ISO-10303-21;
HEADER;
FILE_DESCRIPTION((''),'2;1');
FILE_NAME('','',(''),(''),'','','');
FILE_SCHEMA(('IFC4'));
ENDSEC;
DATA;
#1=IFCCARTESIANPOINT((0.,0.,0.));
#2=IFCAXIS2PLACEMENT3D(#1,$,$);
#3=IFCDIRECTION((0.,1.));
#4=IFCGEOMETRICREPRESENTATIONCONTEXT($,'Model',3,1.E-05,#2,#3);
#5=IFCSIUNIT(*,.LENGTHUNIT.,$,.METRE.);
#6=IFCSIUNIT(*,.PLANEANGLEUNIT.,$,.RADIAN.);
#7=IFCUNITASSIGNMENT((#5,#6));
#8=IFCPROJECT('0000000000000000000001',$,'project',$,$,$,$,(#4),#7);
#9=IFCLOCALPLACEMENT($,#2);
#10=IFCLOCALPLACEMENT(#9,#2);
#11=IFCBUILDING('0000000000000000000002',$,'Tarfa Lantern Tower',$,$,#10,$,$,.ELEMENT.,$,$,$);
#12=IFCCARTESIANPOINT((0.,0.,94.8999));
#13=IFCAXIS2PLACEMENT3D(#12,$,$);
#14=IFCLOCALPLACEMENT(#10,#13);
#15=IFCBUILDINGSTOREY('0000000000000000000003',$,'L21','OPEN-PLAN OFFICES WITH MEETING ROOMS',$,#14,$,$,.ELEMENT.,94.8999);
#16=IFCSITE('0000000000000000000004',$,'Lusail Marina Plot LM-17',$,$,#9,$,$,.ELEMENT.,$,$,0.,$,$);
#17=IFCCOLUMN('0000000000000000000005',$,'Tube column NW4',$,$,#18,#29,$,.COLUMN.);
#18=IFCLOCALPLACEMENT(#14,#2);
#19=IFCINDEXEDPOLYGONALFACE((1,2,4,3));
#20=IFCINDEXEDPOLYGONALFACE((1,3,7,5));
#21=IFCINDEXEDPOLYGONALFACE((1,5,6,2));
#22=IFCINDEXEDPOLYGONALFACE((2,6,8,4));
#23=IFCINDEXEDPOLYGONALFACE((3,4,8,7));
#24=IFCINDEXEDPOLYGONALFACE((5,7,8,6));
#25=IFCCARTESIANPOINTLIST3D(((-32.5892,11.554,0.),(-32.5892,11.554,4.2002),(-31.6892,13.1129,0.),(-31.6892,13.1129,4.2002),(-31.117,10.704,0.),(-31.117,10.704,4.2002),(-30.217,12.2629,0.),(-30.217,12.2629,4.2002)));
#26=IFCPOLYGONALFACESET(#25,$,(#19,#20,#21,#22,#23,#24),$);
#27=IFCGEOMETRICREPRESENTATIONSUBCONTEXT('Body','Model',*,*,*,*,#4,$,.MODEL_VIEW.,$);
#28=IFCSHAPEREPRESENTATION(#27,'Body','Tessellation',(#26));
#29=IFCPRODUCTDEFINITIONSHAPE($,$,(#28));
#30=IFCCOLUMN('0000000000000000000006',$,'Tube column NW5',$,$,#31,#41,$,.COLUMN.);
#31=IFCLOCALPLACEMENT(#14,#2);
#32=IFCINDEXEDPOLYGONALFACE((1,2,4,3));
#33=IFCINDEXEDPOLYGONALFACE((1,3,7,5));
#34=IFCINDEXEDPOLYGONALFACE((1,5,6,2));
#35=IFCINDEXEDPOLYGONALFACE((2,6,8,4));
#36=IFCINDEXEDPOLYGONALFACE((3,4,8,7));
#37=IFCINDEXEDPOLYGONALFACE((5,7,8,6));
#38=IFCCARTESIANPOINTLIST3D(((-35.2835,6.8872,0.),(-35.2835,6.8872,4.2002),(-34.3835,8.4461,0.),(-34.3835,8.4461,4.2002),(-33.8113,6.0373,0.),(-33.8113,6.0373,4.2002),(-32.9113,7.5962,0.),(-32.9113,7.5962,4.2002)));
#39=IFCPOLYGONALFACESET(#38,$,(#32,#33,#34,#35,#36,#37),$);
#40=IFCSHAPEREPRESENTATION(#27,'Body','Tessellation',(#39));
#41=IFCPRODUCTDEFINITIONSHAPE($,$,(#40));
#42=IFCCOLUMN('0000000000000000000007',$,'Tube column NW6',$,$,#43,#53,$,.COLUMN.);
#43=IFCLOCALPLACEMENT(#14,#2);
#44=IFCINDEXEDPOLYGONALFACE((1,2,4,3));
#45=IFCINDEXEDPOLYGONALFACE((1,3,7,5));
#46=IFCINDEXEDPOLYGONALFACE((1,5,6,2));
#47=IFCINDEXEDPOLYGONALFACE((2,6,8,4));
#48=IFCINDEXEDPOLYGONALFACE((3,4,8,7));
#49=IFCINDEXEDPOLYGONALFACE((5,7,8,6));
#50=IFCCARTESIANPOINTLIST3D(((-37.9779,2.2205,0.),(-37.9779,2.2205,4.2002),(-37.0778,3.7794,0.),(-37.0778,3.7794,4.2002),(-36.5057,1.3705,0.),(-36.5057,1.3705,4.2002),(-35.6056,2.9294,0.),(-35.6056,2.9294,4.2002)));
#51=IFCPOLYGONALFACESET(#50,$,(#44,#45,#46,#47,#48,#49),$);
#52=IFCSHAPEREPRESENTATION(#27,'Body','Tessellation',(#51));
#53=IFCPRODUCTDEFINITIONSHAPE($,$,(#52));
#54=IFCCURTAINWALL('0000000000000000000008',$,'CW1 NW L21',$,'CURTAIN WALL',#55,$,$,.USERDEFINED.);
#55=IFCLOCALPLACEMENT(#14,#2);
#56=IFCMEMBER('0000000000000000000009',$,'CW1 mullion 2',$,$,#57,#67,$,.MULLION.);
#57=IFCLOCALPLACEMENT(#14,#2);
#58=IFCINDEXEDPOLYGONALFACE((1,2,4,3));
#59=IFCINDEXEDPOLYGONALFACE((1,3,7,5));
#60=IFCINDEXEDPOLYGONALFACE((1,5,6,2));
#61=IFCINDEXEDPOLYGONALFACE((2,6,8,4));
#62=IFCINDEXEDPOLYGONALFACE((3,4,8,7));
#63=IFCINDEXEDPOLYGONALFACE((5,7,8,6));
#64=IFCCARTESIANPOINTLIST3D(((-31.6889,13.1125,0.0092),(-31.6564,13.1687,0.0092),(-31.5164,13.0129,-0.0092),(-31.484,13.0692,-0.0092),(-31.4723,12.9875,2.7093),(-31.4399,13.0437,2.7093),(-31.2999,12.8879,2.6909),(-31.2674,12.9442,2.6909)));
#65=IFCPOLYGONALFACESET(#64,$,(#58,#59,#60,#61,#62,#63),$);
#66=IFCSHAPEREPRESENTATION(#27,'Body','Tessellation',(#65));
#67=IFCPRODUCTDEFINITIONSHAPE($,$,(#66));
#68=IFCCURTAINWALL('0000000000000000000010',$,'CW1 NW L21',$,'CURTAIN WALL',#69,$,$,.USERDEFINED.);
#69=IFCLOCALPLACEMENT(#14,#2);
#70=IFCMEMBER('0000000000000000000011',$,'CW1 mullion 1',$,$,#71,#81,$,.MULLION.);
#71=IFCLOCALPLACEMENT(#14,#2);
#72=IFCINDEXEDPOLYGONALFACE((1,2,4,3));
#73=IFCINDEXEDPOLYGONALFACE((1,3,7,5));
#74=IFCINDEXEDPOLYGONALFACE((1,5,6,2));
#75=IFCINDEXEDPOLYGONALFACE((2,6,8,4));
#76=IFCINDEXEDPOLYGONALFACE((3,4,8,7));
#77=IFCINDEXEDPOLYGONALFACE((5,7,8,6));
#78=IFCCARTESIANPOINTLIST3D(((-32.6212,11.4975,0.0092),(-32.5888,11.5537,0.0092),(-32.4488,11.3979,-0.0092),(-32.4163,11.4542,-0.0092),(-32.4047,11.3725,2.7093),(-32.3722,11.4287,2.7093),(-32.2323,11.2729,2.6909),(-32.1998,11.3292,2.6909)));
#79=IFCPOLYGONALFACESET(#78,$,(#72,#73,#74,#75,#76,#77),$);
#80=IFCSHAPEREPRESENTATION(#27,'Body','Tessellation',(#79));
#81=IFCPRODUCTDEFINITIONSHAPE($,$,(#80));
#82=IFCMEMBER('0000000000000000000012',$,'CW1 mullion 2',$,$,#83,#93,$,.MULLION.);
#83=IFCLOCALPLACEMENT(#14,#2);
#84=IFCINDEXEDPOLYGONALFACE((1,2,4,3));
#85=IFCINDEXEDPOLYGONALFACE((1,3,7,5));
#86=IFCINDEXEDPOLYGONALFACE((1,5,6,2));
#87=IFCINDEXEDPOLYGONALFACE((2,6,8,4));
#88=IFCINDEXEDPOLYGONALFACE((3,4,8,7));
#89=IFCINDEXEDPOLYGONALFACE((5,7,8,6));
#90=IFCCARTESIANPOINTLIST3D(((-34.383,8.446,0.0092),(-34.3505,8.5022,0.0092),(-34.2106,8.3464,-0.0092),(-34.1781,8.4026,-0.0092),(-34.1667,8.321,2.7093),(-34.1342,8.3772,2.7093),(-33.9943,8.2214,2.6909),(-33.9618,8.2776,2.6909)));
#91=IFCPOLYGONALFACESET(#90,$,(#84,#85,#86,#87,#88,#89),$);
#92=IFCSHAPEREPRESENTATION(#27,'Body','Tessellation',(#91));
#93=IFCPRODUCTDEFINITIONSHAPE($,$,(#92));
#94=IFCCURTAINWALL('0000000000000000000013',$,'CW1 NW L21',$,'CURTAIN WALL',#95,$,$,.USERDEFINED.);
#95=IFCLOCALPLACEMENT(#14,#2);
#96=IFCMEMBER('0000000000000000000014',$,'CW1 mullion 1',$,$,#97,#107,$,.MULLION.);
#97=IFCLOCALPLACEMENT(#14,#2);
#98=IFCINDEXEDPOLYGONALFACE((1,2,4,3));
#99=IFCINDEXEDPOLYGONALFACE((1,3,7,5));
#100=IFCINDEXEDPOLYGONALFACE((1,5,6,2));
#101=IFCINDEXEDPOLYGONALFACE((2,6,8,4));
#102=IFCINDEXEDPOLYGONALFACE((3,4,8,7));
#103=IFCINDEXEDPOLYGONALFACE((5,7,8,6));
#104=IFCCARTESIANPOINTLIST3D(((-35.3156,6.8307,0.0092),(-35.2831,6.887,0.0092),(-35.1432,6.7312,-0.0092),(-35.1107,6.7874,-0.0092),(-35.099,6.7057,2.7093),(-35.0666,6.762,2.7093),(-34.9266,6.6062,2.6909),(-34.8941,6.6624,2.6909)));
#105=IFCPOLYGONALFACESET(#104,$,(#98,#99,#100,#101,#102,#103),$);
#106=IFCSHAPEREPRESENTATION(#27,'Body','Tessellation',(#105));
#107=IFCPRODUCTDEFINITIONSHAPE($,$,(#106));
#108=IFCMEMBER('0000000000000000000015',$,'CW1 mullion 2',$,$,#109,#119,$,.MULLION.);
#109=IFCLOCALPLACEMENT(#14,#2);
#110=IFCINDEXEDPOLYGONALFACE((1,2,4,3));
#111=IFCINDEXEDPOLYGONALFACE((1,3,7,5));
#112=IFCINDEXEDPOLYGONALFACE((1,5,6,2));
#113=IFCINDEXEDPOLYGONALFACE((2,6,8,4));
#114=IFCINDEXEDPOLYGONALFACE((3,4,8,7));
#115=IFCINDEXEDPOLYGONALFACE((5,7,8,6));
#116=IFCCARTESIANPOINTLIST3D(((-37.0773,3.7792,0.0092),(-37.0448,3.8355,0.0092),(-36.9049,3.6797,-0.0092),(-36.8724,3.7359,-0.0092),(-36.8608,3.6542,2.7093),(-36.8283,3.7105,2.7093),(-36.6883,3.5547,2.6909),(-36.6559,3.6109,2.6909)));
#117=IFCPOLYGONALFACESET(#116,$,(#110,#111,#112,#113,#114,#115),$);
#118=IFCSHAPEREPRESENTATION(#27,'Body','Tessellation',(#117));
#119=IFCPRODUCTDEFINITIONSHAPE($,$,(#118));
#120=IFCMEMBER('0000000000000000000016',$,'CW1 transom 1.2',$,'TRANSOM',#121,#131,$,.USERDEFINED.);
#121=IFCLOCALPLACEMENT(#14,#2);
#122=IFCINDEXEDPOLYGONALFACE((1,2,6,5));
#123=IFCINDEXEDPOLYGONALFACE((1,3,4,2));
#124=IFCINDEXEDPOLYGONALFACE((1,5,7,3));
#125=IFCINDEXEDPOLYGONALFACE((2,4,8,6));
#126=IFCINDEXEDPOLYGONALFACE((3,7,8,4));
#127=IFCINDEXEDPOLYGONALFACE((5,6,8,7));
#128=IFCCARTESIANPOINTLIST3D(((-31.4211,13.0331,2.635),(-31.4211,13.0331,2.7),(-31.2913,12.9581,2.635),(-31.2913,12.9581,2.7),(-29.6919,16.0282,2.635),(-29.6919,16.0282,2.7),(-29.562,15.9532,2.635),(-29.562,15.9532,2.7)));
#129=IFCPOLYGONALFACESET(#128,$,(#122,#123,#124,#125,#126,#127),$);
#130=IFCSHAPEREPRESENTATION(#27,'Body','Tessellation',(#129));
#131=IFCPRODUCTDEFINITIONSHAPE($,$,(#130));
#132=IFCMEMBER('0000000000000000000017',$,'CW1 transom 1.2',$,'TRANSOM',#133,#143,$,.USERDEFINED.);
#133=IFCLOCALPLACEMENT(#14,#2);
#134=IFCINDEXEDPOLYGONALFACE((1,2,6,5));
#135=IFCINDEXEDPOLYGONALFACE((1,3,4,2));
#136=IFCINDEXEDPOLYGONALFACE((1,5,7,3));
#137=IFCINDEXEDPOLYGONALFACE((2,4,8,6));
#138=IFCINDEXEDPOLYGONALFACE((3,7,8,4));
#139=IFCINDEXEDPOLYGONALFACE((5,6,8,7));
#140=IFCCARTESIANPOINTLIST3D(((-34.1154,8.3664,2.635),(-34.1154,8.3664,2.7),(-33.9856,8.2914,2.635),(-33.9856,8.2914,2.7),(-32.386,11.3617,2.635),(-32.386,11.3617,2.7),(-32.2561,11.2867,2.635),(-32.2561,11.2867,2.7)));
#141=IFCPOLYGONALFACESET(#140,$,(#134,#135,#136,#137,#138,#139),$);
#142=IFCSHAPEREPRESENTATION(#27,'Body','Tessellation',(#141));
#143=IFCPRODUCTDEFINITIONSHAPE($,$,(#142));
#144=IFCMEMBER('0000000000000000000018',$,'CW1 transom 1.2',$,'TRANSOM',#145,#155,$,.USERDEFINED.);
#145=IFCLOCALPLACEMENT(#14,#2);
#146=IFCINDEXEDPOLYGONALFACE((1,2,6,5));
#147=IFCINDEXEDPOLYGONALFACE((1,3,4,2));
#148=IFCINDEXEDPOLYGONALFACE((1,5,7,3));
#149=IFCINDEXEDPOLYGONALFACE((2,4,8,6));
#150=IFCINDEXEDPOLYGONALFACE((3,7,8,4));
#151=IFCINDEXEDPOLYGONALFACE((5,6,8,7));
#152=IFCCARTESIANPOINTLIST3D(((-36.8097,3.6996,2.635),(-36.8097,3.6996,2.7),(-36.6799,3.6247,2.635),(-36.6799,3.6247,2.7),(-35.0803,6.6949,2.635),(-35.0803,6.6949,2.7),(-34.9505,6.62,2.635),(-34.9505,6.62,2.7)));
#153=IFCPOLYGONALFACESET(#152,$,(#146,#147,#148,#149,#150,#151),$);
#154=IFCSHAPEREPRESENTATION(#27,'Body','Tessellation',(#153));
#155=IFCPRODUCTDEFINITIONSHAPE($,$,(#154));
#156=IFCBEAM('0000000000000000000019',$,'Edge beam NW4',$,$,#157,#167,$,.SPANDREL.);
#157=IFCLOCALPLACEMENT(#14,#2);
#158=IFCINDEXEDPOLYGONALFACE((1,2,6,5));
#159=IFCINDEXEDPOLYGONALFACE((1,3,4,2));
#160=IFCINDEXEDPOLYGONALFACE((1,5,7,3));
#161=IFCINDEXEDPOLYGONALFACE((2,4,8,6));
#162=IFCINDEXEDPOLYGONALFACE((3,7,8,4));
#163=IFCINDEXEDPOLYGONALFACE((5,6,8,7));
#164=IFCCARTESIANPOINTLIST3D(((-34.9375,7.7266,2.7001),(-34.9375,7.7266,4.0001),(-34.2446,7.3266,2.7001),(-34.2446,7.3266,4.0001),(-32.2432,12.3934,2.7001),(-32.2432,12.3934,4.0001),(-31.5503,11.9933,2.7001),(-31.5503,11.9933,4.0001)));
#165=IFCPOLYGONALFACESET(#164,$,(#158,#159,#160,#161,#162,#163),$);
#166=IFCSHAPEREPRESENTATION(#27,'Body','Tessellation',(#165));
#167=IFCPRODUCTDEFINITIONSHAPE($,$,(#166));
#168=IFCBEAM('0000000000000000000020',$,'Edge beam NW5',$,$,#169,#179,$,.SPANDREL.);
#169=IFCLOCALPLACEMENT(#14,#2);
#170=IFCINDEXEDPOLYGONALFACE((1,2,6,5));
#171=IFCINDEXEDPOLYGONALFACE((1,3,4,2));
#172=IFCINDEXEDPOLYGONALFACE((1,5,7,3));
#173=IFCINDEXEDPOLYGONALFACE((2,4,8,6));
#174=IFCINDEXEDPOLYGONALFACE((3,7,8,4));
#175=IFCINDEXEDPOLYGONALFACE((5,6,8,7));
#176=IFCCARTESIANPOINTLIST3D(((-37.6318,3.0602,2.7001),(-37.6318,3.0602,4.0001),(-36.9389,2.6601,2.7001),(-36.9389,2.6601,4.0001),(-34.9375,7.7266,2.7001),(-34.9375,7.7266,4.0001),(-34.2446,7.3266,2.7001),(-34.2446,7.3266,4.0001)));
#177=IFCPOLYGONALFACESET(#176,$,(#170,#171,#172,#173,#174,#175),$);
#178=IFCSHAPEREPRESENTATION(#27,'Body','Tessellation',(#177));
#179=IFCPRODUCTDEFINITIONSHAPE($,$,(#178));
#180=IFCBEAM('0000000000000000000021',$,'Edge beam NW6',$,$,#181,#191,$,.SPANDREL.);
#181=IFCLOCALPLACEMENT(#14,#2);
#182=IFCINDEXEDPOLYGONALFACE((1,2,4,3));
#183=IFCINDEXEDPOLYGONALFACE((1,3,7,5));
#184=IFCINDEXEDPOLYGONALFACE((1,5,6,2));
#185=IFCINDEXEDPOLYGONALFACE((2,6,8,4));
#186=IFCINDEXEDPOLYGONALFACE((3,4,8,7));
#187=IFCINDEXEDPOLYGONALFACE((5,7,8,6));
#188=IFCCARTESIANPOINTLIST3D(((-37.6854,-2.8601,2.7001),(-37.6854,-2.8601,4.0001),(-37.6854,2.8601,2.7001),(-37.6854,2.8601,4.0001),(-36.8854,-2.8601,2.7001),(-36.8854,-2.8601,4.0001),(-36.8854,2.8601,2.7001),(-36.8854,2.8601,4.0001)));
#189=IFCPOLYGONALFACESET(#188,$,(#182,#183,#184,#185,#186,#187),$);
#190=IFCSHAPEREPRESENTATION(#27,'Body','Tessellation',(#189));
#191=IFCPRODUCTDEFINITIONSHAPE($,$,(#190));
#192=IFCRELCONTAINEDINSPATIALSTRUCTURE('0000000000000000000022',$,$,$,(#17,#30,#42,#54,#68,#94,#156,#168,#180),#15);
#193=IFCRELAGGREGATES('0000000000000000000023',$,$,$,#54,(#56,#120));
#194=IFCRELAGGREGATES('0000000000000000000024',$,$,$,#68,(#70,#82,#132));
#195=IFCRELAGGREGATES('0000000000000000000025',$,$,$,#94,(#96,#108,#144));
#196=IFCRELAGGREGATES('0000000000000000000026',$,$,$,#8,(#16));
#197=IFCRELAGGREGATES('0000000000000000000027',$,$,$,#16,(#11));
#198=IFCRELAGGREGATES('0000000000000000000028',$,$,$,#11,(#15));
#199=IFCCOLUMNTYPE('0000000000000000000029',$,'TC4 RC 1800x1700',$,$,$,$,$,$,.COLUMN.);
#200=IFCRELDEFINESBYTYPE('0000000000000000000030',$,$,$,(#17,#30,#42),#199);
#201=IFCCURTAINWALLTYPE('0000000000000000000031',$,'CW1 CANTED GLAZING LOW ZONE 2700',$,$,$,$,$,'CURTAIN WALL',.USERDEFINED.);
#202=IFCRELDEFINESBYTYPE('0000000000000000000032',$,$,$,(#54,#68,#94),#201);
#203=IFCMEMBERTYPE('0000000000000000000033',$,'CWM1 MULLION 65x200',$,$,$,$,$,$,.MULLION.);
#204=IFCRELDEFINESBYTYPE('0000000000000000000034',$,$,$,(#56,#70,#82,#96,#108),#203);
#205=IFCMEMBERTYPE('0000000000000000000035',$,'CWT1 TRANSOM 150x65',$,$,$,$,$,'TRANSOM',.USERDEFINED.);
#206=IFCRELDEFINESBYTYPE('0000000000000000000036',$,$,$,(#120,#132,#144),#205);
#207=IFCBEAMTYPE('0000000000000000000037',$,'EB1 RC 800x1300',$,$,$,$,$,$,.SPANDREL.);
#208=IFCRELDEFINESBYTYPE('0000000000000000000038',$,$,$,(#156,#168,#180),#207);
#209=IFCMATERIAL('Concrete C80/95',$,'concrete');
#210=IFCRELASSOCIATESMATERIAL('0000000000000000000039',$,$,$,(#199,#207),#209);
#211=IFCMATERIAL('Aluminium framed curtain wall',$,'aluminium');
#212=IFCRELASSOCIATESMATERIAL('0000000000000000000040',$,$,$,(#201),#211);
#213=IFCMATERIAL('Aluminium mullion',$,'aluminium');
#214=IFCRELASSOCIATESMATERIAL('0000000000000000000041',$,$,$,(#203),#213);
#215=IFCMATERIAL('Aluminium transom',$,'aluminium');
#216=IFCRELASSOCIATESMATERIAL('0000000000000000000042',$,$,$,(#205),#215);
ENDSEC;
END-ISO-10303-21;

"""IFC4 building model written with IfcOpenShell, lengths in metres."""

from ifc_helpers import new_model, si_unit, direction, frame, origin, origin_2d, place, context, subcontext, project, spatial, rectangle, extrude, material, material_profile, profile_set, type_object, element, aggregate, save


model = new_model("IFC4")

# Units and contexts
model_context = context("Model", 3, precision=1e-05, world=origin(), true_north=direction((0.0, 1.0)))
body_context = subcontext(model_context, "Body", "Model", "MODEL_VIEW")
ifc_project = project(units=[si_unit("LENGTHUNIT", "METRE"), si_unit("PLANEANGLEUNIT", "RADIAN")], contexts=[model_context])

# Site, building, storey
site_placement = place(None, origin())
site = spatial("IfcSite", under=ifc_project, at=site_placement, Name="Lusail Marina Plot LM-17", CompositionType="ELEMENT", RefElevation=0.0)
building_placement = place(site_placement, origin())
building = spatial("IfcBuilding", under=site, at=building_placement, Name="Tarfa Lantern Tower", CompositionType="ELEMENT")
storey_placement = place(building_placement, frame((0.0, 0.0, 94.8999)))
storey = spatial("IfcBuildingStorey", under=building, at=storey_placement, Name="L21", Description="OPEN-PLAN OFFICES WITH MEETING ROOMS", CompositionType="ELEMENT", Elevation=94.8999)

# Columns
ifc_material_1 = material(Name="Concrete C80/95", Category="concrete")
ifc_material_profile_1 = material_profile(ifc_material_1, rectangle(XDim=1.8, YDim=1.7, at=origin_2d()), Name="RC 1800x1700")
ifc_profile_set_1 = profile_set([ifc_material_profile_1], Name="Concrete C80/95")
column_type = type_object("IfcColumnType", Name="TC4 RC 1800x1700", PredefinedType="COLUMN", material=ifc_profile_set_1)
for number, where, z_axis, x_axis, name in (
    (1, (-31.4031, 11.9084, 0.0), (0.0, 0.0, 1.0), (-0.5, -0.866025, 0.0), "Tube column NW4"),
    (2, (-34.0974, 7.2417, 0.0), (0.0, 0.0, 1.0), (-0.5, -0.866025, 0.0), "Tube column NW5"),
    (3, (-36.7917, 2.575, 0.0), (0.0, 0.0, 1.0), (-0.5, -0.866025, 0.0), "Tube column NW6"),
):
    element("IfcColumn", number, at=place(storey_placement, frame(where, z_axis=z_axis, x_axis=x_axis)), inside=storey, type_object=column_type, Name=name, PredefinedType="COLUMN", context=body_context, shape_type="SweptSolid", body=[
        extrude(rectangle(XDim=1.8, YDim=1.7, at=origin_2d()), origin(), (0.0, 0.0, 1.0), 4.2002),
    ])

# Curtain wall, member
ifc_material_2 = material(Name="Aluminium framed curtain wall", Category="aluminium")
curtain_wall_type = type_object("IfcCurtainWallType", Name="CW1 CANTED GLAZING LOW ZONE 2700", ElementType="CURTAIN WALL", PredefinedType="USERDEFINED", material=ifc_material_2)
curtain_wall_1_placement = place(storey_placement, origin())
curtain_wall_1 = element("IfcCurtainWall", 4, at=curtain_wall_1_placement, inside=storey, type_object=curtain_wall_type, Name="CW1 NW L21", ObjectType="CURTAIN WALL", PredefinedType="USERDEFINED")
ifc_material_3 = material(Name="Aluminium mullion", Category="aluminium")
ifc_material_profile_2 = material_profile(ifc_material_3, rectangle(XDim=0.0649, YDim=0.2, at=origin_2d()), Name="AL MULLION 65x200")
ifc_profile_set_2 = profile_set([ifc_material_profile_2], Name="Aluminium mullion")
member_type_1 = type_object("IfcMemberType", Name="CWM1 MULLION 65x200", PredefinedType="MULLION", material=ifc_profile_set_2)
member_1_placement = place(storey_placement, frame((-31.5864, 13.0908, 0.0), z_axis=(0.079857, -0.046096, 0.99574), x_axis=(0.49992, 0.866072, 0.0)))
member_1 = element("IfcMember", 5, at=member_1_placement, type_object=member_type_1, Name="CW1 mullion 2", PredefinedType="MULLION", context=body_context, shape_type="SweptSolid", body=[
    extrude(rectangle(XDim=0.0649, YDim=0.2, at=origin_2d()), origin(), (0.0, 0.0, 1.0), 2.7117),
])

# Curtain walls, members
curtain_wall_2_placement = place(storey_placement, origin())
curtain_wall_2 = element("IfcCurtainWall", 6, at=curtain_wall_2_placement, inside=storey, type_object=curtain_wall_type, Name="CW1 NW L21", ObjectType="CURTAIN WALL", PredefinedType="USERDEFINED")
member_2_placement = place(storey_placement, frame((-32.5188, 11.4758, 0.0), z_axis=(0.079857, -0.046096, 0.99574), x_axis=(0.49992, 0.866072, 0.0)))
member_2 = element("IfcMember", 7, at=member_2_placement, type_object=member_type_1, Name="CW1 mullion 1", PredefinedType="MULLION", context=body_context, shape_type="SweptSolid", body=[
    extrude(rectangle(XDim=0.0649, YDim=0.2, at=origin_2d()), origin(), (0.0, 0.0, 1.0), 2.7117),
])
member_3_placement = place(storey_placement, frame((-34.2805, 8.4243, 0.0), z_axis=(0.079768, -0.046096, 0.995747), x_axis=(0.500343, 0.865827, 0.0)))
member_3 = element("IfcMember", 8, at=member_3_placement, type_object=member_type_1, Name="CW1 mullion 2", PredefinedType="MULLION", context=body_context, shape_type="SweptSolid", body=[
    extrude(rectangle(XDim=0.0649, YDim=0.2, at=origin_2d()), origin(), (0.0, 0.0, 1.0), 2.7117),
])
curtain_wall_3_placement = place(storey_placement, origin())
curtain_wall_3 = element("IfcCurtainWall", 9, at=curtain_wall_3_placement, inside=storey, type_object=curtain_wall_type, Name="CW1 NW L21", ObjectType="CURTAIN WALL", PredefinedType="USERDEFINED")
member_4_placement = place(storey_placement, frame((-35.2131, 6.8091, 0.0), z_axis=(0.079857, -0.046096, 0.99574), x_axis=(0.49992, 0.866072, 0.0)))
member_4 = element("IfcMember", 10, at=member_4_placement, type_object=member_type_1, Name="CW1 mullion 1", PredefinedType="MULLION", context=body_context, shape_type="SweptSolid", body=[
    extrude(rectangle(XDim=0.0649, YDim=0.2, at=origin_2d()), origin(), (0.0, 0.0, 1.0), 2.7117),
])
member_5_placement = place(storey_placement, frame((-36.9749, 3.7576, 0.0), z_axis=(0.079857, -0.046096, 0.99574), x_axis=(0.49992, 0.866072, 0.0)))
member_5 = element("IfcMember", 11, at=member_5_placement, type_object=member_type_1, Name="CW1 mullion 2", PredefinedType="MULLION", context=body_context, shape_type="SweptSolid", body=[
    extrude(rectangle(XDim=0.0649, YDim=0.2, at=origin_2d()), origin(), (0.0, 0.0, 1.0), 2.7117),
])

# Members
ifc_material_4 = material(Name="Aluminium transom", Category="aluminium")
ifc_material_profile_3 = material_profile(ifc_material_4, rectangle(XDim=0.1499, YDim=0.0649, at=origin_2d()), Name="AL TRANSOM 150x65")
ifc_profile_set_3 = profile_set([ifc_material_profile_3], Name="Aluminium transom")
member_type_2 = type_object("IfcMemberType", Name="CWT1 TRANSOM 150x65", ElementType="TRANSOM", PredefinedType="USERDEFINED", material=ifc_profile_set_3)
member_6_placement = place(storey_placement, frame((-29.627, 15.9907, 2.6675), z_axis=(-0.500004, -0.866023, 0.0), x_axis=(0.866023, -0.500004, 0.0)))
member_6 = element("IfcMember", 12, at=member_6_placement, type_object=member_type_2, Name="CW1 transom 1.2", ObjectType="TRANSOM", PredefinedType="USERDEFINED", context=body_context, shape_type="SweptSolid", body=[
    extrude(rectangle(XDim=0.1499, YDim=0.0649, at=origin_2d()), origin(), (0.0, 0.0, 1.0), 3.4585),
])
member_7_placement = place(storey_placement, frame((-32.321, 11.3242, 2.6675), z_axis=(-0.500026, -0.86601, 0.0), x_axis=(0.86601, -0.500026, 0.0)))
member_7 = element("IfcMember", 13, at=member_7_placement, type_object=member_type_2, Name="CW1 transom 1.2", ObjectType="TRANSOM", PredefinedType="USERDEFINED", context=body_context, shape_type="SweptSolid", body=[
    extrude(rectangle(XDim=0.1499, YDim=0.0649, at=origin_2d()), origin(), (0.0, 0.0, 1.0), 3.4587),
])
member_8_placement = place(storey_placement, frame((-35.0154, 6.6575, 2.6675), z_axis=(-0.500026, -0.86601, 0.0), x_axis=(0.86601, -0.500026, 0.0)))
member_8 = element("IfcMember", 14, at=member_8_placement, type_object=member_type_2, Name="CW1 transom 1.2", ObjectType="TRANSOM", PredefinedType="USERDEFINED", context=body_context, shape_type="SweptSolid", body=[
    extrude(rectangle(XDim=0.1499, YDim=0.0649, at=origin_2d()), origin(), (0.0, 0.0, 1.0), 3.4587),
])

# Beams
ifc_material_profile_4 = material_profile(ifc_material_1, rectangle(XDim=0.8, YDim=1.3, at=origin_2d()), Name="RC 800x1300")
ifc_profile_set_4 = profile_set([ifc_material_profile_4], Name="Concrete C80/95")
beam_type_1 = type_object("IfcBeamType", Name="EB1 RC 800x1300", PredefinedType="SPANDREL", material=ifc_profile_set_4)
beam_1_placement = place(storey_placement, frame((-31.8967, 12.1934, 3.3501), z_axis=(-0.499998, -0.866026, 0.0), x_axis=(0.866026, -0.499998, 0.0)))
element("IfcBeam", 15, at=beam_1_placement, inside=storey, type_object=beam_type_1, Name="Edge beam NW4", PredefinedType="SPANDREL", context=body_context, shape_type="SweptSolid", body=[
    extrude(rectangle(XDim=0.8, YDim=1.3, at=origin_2d()), origin(), (0.0, 0.0, 1.0), 5.3887),
])
beam_2_placement = place(storey_placement, frame((-34.5911, 7.5266, 3.3501), z_axis=(-0.500018, -0.866015, 0.0), x_axis=(0.866015, -0.500018, 0.0)))
element("IfcBeam", 16, at=beam_2_placement, inside=storey, type_object=beam_type_1, Name="Edge beam NW5", PredefinedType="SPANDREL", context=body_context, shape_type="SweptSolid", body=[
    extrude(rectangle(XDim=0.8, YDim=1.3, at=origin_2d()), origin(), (0.0, 0.0, 1.0), 5.3884),
])
beam_3_placement = place(storey_placement, frame((-37.2854, 2.8601, 3.3501), z_axis=(0.0, -1.0, 0.0), x_axis=(1.0, 0.0, 0.0)))
element("IfcBeam", 17, at=beam_3_placement, inside=storey, type_object=beam_type_1, Name="Edge beam NW6", PredefinedType="SPANDREL", context=body_context, shape_type="SweptSolid", body=[
    extrude(rectangle(XDim=0.8, YDim=1.3, at=origin_2d()), origin(), (0.0, 0.0, 1.0), 5.7202),
])

aggregate(curtain_wall_1, [member_1, member_6])
aggregate(curtain_wall_2, [member_2, member_3, member_7])
aggregate(curtain_wall_3, [member_4, member_5, member_8])

save(model, "model.ifc")
